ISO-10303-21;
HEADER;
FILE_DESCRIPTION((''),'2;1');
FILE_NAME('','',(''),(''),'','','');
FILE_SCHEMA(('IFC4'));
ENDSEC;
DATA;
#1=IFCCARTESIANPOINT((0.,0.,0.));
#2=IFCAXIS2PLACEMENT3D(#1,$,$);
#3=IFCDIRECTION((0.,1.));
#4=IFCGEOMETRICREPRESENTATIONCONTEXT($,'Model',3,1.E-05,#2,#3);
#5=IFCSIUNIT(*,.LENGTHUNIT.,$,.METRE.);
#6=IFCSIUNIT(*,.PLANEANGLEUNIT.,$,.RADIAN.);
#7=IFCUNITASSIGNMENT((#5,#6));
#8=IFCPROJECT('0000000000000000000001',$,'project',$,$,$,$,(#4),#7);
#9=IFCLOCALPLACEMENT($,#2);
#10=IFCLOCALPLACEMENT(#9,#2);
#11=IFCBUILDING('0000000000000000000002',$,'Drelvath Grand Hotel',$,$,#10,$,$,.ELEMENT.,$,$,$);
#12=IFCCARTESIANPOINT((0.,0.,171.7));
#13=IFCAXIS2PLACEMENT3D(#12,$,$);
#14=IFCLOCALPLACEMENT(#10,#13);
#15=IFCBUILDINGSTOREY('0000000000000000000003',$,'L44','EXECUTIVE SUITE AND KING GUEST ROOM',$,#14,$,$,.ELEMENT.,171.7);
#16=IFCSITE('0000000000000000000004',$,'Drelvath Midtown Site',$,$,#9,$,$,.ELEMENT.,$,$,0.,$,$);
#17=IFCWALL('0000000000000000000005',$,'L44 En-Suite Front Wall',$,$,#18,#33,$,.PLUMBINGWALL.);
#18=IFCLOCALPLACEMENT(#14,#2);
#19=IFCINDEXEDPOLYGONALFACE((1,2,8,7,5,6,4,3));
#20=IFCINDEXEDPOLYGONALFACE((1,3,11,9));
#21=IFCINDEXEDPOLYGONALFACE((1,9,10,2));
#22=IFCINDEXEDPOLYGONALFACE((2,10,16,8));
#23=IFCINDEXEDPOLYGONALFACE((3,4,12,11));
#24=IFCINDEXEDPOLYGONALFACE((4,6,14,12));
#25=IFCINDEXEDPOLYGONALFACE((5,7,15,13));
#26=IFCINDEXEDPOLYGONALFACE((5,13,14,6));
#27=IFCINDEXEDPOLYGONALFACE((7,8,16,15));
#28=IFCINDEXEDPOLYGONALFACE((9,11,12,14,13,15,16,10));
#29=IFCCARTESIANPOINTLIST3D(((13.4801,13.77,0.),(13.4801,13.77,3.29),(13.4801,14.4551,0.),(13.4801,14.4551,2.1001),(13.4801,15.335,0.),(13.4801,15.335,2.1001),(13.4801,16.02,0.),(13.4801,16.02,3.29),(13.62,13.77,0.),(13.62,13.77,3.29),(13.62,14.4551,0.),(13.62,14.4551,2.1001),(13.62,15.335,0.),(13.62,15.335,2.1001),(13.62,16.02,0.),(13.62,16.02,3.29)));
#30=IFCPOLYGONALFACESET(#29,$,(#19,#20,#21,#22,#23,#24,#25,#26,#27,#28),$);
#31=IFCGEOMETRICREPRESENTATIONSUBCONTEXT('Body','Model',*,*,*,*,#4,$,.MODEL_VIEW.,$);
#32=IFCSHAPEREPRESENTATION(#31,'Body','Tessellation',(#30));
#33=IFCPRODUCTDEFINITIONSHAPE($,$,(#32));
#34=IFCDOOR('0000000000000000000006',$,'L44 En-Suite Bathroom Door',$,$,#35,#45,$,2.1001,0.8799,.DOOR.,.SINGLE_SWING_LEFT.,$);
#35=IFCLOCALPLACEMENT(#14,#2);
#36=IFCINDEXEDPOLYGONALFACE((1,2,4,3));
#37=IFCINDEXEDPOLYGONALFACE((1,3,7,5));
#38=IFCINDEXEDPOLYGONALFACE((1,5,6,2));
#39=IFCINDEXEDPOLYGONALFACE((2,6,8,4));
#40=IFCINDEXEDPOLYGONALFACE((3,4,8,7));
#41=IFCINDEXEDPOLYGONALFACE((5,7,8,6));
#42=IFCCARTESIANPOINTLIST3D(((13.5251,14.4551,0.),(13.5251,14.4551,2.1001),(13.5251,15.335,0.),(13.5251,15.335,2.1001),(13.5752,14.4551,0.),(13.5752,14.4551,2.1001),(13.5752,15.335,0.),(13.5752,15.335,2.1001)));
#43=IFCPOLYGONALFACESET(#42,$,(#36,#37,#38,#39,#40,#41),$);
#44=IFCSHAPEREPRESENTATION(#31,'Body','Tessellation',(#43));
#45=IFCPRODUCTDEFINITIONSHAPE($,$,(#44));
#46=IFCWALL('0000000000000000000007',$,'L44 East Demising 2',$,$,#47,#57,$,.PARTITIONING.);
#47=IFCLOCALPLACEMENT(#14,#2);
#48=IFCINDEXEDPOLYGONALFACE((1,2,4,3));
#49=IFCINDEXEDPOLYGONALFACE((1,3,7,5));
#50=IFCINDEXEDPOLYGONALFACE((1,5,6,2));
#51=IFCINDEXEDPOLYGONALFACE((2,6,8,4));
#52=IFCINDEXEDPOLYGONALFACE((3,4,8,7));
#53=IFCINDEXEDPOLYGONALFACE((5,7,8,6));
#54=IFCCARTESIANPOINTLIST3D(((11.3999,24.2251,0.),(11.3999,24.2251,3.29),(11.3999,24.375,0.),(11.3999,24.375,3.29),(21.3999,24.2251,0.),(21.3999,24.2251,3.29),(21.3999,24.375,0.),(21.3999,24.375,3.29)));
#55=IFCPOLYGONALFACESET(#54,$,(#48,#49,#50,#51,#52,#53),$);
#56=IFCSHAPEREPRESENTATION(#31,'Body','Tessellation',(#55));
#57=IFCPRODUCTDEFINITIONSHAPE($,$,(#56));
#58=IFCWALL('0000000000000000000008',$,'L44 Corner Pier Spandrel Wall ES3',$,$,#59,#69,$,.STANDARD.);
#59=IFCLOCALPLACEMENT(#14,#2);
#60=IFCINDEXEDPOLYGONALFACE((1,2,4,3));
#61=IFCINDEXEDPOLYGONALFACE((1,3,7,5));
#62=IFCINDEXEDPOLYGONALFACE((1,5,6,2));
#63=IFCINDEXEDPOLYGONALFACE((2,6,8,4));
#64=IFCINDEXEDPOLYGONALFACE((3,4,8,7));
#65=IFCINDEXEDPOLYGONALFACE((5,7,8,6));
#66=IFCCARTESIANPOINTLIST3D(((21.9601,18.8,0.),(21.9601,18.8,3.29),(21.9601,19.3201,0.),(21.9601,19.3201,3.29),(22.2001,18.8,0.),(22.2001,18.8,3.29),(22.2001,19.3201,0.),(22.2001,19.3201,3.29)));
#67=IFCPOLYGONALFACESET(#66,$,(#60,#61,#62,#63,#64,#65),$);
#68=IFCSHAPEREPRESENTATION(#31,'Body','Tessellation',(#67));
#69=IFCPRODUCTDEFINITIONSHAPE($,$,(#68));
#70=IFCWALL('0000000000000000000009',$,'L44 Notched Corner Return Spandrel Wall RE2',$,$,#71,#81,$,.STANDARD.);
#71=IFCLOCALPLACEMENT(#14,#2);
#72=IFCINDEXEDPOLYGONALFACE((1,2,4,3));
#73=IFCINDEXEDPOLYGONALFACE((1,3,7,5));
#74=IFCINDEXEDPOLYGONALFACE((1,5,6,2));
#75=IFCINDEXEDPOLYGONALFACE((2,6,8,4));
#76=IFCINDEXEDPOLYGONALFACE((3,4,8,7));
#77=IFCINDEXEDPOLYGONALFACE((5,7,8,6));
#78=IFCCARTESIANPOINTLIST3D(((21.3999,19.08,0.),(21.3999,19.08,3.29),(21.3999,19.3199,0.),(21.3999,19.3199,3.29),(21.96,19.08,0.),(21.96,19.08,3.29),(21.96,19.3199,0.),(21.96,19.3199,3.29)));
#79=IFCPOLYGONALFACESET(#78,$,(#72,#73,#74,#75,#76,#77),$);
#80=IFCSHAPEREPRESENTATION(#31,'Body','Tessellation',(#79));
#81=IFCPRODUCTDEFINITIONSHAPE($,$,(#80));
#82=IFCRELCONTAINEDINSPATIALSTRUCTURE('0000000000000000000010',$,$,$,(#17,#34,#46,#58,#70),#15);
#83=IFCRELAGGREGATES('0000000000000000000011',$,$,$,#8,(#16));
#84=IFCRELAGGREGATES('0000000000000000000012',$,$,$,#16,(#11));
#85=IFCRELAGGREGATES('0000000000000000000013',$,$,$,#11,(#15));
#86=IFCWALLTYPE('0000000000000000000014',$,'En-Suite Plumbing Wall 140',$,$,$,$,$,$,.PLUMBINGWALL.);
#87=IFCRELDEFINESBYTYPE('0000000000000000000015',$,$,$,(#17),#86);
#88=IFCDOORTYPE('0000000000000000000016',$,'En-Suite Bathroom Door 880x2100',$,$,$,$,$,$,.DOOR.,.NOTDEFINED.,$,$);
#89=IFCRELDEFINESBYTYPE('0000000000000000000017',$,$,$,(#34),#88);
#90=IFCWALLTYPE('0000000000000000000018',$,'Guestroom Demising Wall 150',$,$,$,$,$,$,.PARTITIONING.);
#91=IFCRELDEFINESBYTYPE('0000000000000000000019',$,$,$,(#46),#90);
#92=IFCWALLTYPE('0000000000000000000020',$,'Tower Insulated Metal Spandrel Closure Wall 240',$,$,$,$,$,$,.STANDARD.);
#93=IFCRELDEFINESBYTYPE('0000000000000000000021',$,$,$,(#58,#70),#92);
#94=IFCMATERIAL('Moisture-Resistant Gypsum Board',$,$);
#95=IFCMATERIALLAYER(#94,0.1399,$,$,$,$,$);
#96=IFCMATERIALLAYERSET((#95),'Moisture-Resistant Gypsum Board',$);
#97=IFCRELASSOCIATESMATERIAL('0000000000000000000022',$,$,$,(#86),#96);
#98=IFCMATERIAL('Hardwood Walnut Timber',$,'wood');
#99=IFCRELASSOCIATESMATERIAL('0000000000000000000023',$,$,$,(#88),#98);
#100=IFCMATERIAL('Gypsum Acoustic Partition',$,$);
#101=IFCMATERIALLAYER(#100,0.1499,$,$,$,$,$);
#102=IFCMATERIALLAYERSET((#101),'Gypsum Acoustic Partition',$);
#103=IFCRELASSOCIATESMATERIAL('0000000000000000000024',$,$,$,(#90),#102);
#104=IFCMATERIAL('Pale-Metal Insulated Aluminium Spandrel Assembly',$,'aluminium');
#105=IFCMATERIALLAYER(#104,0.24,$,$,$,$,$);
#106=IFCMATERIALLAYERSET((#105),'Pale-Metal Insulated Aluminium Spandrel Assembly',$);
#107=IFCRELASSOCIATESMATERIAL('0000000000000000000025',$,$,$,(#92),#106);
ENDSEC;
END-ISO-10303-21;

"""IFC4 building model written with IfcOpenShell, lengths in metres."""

from ifc_helpers import new_model, si_unit, direction, frame, frame_2d, origin, place, context, subcontext, project, spatial, rectangle, extrude, material, layer, layer_set, type_object, element, fill, save


model = new_model("IFC4")

# Units and contexts
model_context = context("Model", 3, precision=1e-05, world=origin(), true_north=direction((0.0, 1.0)))
body_context = subcontext(model_context, "Body", "Model", "MODEL_VIEW")
ifc_project = project(units=[si_unit("LENGTHUNIT", "METRE"), si_unit("PLANEANGLEUNIT", "RADIAN")], contexts=[model_context])

# Site, building, storey
site_placement = place(None, origin())
site = spatial("IfcSite", under=ifc_project, at=site_placement, Name="Drelvath Midtown Site", CompositionType="ELEMENT", RefElevation=0.0)
building_placement = place(site_placement, origin())
building = spatial("IfcBuilding", under=site, at=building_placement, Name="Drelvath Grand Hotel", CompositionType="ELEMENT")
storey_placement = place(building_placement, frame((0.0, 0.0, 171.7)))
storey = spatial("IfcBuildingStorey", under=building, at=storey_placement, Name="L44", Description="EXECUTIVE SUITE AND KING GUEST ROOM", CompositionType="ELEMENT", Elevation=171.7)

# Wall, opening, door
ifc_material_1 = material(Name="Moisture-Resistant Gypsum Board")
ifc_layer_1 = layer(ifc_material_1, 0.1399)
ifc_layer_set_1 = layer_set([ifc_layer_1], Name="Moisture-Resistant Gypsum Board")
wall_type_1 = type_object("IfcWallType", Name="En-Suite Plumbing Wall 140", PredefinedType="PLUMBINGWALL", material=ifc_layer_set_1)
wall_1_placement = place(storey_placement, frame((13.55, 13.77, 0.0), z_axis=(0.0, 0.0, 1.0), x_axis=(0.0, 1.0, 0.0)))
wall_1 = element("IfcWall", 1, at=wall_1_placement, inside=storey, type_object=wall_type_1, Name="L44 En-Suite Front Wall", PredefinedType="PLUMBINGWALL", context=body_context, shape_type="SweptSolid", body=[
    extrude(rectangle(XDim=2.25, YDim=0.1399, at=frame_2d((1.125, 0.0))), origin(), (0.0, 0.0, 1.0), 3.29),
])
opening_placement = place(wall_1_placement, frame((0.6851, 0.0, 0.0)))
opening = element("IfcOpeningElement", 2, at=opening_placement, cuts=wall_1, PredefinedType="OPENING", context=body_context, shape_type="SweptSolid", body=[
    extrude(rectangle(XDim=0.8799, YDim=2.1001, at=frame_2d((0.4399, 1.05))), frame((0.0, 0.0798, 0.0), z_axis=(0.0, -1.0, 0.0), x_axis=(1.0, 0.0, 0.0)), (0.0, 0.0, 1.0), 0.1599),
])
ifc_material_2 = material(Name="Hardwood Walnut Timber", Category="wood")
door_type = type_object("IfcDoorType", Name="En-Suite Bathroom Door 880x2100", OperationType="NOTDEFINED", PredefinedType="DOOR", material=ifc_material_2)
door_placement = place(opening_placement, origin())
door = element("IfcDoor", 3, at=door_placement, inside=storey, type_object=door_type, Name="L44 En-Suite Bathroom Door", OperationType="SINGLE_SWING_LEFT", OverallHeight=2.1001, OverallWidth=0.8799, PredefinedType="DOOR", context=body_context, shape_type="SweptSolid", body=[
    extrude(rectangle(XDim=0.8799, YDim=2.1001, at=frame_2d((0.4399, 1.05))), frame((0.0, 0.0249, 0.0), z_axis=(0.0, -1.0, 0.0), x_axis=(1.0, 0.0, 0.0)), (0.0, 0.0, 1.0), 0.05),
])
fill(opening, door)

# Walls
ifc_material_3 = material(Name="Gypsum Acoustic Partition")
ifc_layer_2 = layer(ifc_material_3, 0.1499)
ifc_layer_set_2 = layer_set([ifc_layer_2], Name="Gypsum Acoustic Partition")
wall_type_2 = type_object("IfcWallType", Name="Guestroom Demising Wall 150", PredefinedType="PARTITIONING", material=ifc_layer_set_2)
wall_2_placement = place(storey_placement, frame((11.3999, 24.3, 0.0), z_axis=(0.0, 0.0, 1.0), x_axis=(1.0, 0.0, 0.0)))
element("IfcWall", 4, at=wall_2_placement, inside=storey, type_object=wall_type_2, Name="L44 East Demising 2", PredefinedType="PARTITIONING", context=body_context, shape_type="SweptSolid", body=[
    extrude(rectangle(XDim=10.0, YDim=0.1499, at=frame_2d((5.0, 0.0))), origin(), (0.0, 0.0, 1.0), 3.29),
])
ifc_material_4 = material(Name="Pale-Metal Insulated Aluminium Spandrel Assembly", Category="aluminium")
ifc_layer_3 = layer(ifc_material_4, 0.24)
ifc_layer_set_3 = layer_set([ifc_layer_3], Name="Pale-Metal Insulated Aluminium Spandrel Assembly")
wall_type_3 = type_object("IfcWallType", Name="Tower Insulated Metal Spandrel Closure Wall 240", PredefinedType="STANDARD", material=ifc_layer_set_3)
wall_3_placement = place(storey_placement, frame((22.0801, 19.3201, 0.0), z_axis=(0.0, 0.0, 1.0), x_axis=(0.0, -1.0, 0.0)))
element("IfcWall", 5, at=wall_3_placement, inside=storey, type_object=wall_type_3, Name="L44 Corner Pier Spandrel Wall ES3", PredefinedType="STANDARD", context=body_context, shape_type="SweptSolid", body=[
    extrude(rectangle(XDim=0.52, YDim=0.24, at=frame_2d((0.26, 0.0))), origin(), (0.0, 0.0, 1.0), 3.29),
])
wall_4_placement = place(storey_placement, frame((21.3999, 19.2, 0.0), z_axis=(0.0, 0.0, 1.0), x_axis=(1.0, 0.0, 0.0)))
element("IfcWall", 6, at=wall_4_placement, inside=storey, type_object=wall_type_3, Name="L44 Notched Corner Return Spandrel Wall RE2", PredefinedType="STANDARD", context=body_context, shape_type="SweptSolid", body=[
    extrude(rectangle(XDim=0.5601, YDim=0.24, at=frame_2d((0.28, 0.0))), origin(), (0.0, 0.0, 1.0), 3.29),
])

save(model, "model.ifc")
